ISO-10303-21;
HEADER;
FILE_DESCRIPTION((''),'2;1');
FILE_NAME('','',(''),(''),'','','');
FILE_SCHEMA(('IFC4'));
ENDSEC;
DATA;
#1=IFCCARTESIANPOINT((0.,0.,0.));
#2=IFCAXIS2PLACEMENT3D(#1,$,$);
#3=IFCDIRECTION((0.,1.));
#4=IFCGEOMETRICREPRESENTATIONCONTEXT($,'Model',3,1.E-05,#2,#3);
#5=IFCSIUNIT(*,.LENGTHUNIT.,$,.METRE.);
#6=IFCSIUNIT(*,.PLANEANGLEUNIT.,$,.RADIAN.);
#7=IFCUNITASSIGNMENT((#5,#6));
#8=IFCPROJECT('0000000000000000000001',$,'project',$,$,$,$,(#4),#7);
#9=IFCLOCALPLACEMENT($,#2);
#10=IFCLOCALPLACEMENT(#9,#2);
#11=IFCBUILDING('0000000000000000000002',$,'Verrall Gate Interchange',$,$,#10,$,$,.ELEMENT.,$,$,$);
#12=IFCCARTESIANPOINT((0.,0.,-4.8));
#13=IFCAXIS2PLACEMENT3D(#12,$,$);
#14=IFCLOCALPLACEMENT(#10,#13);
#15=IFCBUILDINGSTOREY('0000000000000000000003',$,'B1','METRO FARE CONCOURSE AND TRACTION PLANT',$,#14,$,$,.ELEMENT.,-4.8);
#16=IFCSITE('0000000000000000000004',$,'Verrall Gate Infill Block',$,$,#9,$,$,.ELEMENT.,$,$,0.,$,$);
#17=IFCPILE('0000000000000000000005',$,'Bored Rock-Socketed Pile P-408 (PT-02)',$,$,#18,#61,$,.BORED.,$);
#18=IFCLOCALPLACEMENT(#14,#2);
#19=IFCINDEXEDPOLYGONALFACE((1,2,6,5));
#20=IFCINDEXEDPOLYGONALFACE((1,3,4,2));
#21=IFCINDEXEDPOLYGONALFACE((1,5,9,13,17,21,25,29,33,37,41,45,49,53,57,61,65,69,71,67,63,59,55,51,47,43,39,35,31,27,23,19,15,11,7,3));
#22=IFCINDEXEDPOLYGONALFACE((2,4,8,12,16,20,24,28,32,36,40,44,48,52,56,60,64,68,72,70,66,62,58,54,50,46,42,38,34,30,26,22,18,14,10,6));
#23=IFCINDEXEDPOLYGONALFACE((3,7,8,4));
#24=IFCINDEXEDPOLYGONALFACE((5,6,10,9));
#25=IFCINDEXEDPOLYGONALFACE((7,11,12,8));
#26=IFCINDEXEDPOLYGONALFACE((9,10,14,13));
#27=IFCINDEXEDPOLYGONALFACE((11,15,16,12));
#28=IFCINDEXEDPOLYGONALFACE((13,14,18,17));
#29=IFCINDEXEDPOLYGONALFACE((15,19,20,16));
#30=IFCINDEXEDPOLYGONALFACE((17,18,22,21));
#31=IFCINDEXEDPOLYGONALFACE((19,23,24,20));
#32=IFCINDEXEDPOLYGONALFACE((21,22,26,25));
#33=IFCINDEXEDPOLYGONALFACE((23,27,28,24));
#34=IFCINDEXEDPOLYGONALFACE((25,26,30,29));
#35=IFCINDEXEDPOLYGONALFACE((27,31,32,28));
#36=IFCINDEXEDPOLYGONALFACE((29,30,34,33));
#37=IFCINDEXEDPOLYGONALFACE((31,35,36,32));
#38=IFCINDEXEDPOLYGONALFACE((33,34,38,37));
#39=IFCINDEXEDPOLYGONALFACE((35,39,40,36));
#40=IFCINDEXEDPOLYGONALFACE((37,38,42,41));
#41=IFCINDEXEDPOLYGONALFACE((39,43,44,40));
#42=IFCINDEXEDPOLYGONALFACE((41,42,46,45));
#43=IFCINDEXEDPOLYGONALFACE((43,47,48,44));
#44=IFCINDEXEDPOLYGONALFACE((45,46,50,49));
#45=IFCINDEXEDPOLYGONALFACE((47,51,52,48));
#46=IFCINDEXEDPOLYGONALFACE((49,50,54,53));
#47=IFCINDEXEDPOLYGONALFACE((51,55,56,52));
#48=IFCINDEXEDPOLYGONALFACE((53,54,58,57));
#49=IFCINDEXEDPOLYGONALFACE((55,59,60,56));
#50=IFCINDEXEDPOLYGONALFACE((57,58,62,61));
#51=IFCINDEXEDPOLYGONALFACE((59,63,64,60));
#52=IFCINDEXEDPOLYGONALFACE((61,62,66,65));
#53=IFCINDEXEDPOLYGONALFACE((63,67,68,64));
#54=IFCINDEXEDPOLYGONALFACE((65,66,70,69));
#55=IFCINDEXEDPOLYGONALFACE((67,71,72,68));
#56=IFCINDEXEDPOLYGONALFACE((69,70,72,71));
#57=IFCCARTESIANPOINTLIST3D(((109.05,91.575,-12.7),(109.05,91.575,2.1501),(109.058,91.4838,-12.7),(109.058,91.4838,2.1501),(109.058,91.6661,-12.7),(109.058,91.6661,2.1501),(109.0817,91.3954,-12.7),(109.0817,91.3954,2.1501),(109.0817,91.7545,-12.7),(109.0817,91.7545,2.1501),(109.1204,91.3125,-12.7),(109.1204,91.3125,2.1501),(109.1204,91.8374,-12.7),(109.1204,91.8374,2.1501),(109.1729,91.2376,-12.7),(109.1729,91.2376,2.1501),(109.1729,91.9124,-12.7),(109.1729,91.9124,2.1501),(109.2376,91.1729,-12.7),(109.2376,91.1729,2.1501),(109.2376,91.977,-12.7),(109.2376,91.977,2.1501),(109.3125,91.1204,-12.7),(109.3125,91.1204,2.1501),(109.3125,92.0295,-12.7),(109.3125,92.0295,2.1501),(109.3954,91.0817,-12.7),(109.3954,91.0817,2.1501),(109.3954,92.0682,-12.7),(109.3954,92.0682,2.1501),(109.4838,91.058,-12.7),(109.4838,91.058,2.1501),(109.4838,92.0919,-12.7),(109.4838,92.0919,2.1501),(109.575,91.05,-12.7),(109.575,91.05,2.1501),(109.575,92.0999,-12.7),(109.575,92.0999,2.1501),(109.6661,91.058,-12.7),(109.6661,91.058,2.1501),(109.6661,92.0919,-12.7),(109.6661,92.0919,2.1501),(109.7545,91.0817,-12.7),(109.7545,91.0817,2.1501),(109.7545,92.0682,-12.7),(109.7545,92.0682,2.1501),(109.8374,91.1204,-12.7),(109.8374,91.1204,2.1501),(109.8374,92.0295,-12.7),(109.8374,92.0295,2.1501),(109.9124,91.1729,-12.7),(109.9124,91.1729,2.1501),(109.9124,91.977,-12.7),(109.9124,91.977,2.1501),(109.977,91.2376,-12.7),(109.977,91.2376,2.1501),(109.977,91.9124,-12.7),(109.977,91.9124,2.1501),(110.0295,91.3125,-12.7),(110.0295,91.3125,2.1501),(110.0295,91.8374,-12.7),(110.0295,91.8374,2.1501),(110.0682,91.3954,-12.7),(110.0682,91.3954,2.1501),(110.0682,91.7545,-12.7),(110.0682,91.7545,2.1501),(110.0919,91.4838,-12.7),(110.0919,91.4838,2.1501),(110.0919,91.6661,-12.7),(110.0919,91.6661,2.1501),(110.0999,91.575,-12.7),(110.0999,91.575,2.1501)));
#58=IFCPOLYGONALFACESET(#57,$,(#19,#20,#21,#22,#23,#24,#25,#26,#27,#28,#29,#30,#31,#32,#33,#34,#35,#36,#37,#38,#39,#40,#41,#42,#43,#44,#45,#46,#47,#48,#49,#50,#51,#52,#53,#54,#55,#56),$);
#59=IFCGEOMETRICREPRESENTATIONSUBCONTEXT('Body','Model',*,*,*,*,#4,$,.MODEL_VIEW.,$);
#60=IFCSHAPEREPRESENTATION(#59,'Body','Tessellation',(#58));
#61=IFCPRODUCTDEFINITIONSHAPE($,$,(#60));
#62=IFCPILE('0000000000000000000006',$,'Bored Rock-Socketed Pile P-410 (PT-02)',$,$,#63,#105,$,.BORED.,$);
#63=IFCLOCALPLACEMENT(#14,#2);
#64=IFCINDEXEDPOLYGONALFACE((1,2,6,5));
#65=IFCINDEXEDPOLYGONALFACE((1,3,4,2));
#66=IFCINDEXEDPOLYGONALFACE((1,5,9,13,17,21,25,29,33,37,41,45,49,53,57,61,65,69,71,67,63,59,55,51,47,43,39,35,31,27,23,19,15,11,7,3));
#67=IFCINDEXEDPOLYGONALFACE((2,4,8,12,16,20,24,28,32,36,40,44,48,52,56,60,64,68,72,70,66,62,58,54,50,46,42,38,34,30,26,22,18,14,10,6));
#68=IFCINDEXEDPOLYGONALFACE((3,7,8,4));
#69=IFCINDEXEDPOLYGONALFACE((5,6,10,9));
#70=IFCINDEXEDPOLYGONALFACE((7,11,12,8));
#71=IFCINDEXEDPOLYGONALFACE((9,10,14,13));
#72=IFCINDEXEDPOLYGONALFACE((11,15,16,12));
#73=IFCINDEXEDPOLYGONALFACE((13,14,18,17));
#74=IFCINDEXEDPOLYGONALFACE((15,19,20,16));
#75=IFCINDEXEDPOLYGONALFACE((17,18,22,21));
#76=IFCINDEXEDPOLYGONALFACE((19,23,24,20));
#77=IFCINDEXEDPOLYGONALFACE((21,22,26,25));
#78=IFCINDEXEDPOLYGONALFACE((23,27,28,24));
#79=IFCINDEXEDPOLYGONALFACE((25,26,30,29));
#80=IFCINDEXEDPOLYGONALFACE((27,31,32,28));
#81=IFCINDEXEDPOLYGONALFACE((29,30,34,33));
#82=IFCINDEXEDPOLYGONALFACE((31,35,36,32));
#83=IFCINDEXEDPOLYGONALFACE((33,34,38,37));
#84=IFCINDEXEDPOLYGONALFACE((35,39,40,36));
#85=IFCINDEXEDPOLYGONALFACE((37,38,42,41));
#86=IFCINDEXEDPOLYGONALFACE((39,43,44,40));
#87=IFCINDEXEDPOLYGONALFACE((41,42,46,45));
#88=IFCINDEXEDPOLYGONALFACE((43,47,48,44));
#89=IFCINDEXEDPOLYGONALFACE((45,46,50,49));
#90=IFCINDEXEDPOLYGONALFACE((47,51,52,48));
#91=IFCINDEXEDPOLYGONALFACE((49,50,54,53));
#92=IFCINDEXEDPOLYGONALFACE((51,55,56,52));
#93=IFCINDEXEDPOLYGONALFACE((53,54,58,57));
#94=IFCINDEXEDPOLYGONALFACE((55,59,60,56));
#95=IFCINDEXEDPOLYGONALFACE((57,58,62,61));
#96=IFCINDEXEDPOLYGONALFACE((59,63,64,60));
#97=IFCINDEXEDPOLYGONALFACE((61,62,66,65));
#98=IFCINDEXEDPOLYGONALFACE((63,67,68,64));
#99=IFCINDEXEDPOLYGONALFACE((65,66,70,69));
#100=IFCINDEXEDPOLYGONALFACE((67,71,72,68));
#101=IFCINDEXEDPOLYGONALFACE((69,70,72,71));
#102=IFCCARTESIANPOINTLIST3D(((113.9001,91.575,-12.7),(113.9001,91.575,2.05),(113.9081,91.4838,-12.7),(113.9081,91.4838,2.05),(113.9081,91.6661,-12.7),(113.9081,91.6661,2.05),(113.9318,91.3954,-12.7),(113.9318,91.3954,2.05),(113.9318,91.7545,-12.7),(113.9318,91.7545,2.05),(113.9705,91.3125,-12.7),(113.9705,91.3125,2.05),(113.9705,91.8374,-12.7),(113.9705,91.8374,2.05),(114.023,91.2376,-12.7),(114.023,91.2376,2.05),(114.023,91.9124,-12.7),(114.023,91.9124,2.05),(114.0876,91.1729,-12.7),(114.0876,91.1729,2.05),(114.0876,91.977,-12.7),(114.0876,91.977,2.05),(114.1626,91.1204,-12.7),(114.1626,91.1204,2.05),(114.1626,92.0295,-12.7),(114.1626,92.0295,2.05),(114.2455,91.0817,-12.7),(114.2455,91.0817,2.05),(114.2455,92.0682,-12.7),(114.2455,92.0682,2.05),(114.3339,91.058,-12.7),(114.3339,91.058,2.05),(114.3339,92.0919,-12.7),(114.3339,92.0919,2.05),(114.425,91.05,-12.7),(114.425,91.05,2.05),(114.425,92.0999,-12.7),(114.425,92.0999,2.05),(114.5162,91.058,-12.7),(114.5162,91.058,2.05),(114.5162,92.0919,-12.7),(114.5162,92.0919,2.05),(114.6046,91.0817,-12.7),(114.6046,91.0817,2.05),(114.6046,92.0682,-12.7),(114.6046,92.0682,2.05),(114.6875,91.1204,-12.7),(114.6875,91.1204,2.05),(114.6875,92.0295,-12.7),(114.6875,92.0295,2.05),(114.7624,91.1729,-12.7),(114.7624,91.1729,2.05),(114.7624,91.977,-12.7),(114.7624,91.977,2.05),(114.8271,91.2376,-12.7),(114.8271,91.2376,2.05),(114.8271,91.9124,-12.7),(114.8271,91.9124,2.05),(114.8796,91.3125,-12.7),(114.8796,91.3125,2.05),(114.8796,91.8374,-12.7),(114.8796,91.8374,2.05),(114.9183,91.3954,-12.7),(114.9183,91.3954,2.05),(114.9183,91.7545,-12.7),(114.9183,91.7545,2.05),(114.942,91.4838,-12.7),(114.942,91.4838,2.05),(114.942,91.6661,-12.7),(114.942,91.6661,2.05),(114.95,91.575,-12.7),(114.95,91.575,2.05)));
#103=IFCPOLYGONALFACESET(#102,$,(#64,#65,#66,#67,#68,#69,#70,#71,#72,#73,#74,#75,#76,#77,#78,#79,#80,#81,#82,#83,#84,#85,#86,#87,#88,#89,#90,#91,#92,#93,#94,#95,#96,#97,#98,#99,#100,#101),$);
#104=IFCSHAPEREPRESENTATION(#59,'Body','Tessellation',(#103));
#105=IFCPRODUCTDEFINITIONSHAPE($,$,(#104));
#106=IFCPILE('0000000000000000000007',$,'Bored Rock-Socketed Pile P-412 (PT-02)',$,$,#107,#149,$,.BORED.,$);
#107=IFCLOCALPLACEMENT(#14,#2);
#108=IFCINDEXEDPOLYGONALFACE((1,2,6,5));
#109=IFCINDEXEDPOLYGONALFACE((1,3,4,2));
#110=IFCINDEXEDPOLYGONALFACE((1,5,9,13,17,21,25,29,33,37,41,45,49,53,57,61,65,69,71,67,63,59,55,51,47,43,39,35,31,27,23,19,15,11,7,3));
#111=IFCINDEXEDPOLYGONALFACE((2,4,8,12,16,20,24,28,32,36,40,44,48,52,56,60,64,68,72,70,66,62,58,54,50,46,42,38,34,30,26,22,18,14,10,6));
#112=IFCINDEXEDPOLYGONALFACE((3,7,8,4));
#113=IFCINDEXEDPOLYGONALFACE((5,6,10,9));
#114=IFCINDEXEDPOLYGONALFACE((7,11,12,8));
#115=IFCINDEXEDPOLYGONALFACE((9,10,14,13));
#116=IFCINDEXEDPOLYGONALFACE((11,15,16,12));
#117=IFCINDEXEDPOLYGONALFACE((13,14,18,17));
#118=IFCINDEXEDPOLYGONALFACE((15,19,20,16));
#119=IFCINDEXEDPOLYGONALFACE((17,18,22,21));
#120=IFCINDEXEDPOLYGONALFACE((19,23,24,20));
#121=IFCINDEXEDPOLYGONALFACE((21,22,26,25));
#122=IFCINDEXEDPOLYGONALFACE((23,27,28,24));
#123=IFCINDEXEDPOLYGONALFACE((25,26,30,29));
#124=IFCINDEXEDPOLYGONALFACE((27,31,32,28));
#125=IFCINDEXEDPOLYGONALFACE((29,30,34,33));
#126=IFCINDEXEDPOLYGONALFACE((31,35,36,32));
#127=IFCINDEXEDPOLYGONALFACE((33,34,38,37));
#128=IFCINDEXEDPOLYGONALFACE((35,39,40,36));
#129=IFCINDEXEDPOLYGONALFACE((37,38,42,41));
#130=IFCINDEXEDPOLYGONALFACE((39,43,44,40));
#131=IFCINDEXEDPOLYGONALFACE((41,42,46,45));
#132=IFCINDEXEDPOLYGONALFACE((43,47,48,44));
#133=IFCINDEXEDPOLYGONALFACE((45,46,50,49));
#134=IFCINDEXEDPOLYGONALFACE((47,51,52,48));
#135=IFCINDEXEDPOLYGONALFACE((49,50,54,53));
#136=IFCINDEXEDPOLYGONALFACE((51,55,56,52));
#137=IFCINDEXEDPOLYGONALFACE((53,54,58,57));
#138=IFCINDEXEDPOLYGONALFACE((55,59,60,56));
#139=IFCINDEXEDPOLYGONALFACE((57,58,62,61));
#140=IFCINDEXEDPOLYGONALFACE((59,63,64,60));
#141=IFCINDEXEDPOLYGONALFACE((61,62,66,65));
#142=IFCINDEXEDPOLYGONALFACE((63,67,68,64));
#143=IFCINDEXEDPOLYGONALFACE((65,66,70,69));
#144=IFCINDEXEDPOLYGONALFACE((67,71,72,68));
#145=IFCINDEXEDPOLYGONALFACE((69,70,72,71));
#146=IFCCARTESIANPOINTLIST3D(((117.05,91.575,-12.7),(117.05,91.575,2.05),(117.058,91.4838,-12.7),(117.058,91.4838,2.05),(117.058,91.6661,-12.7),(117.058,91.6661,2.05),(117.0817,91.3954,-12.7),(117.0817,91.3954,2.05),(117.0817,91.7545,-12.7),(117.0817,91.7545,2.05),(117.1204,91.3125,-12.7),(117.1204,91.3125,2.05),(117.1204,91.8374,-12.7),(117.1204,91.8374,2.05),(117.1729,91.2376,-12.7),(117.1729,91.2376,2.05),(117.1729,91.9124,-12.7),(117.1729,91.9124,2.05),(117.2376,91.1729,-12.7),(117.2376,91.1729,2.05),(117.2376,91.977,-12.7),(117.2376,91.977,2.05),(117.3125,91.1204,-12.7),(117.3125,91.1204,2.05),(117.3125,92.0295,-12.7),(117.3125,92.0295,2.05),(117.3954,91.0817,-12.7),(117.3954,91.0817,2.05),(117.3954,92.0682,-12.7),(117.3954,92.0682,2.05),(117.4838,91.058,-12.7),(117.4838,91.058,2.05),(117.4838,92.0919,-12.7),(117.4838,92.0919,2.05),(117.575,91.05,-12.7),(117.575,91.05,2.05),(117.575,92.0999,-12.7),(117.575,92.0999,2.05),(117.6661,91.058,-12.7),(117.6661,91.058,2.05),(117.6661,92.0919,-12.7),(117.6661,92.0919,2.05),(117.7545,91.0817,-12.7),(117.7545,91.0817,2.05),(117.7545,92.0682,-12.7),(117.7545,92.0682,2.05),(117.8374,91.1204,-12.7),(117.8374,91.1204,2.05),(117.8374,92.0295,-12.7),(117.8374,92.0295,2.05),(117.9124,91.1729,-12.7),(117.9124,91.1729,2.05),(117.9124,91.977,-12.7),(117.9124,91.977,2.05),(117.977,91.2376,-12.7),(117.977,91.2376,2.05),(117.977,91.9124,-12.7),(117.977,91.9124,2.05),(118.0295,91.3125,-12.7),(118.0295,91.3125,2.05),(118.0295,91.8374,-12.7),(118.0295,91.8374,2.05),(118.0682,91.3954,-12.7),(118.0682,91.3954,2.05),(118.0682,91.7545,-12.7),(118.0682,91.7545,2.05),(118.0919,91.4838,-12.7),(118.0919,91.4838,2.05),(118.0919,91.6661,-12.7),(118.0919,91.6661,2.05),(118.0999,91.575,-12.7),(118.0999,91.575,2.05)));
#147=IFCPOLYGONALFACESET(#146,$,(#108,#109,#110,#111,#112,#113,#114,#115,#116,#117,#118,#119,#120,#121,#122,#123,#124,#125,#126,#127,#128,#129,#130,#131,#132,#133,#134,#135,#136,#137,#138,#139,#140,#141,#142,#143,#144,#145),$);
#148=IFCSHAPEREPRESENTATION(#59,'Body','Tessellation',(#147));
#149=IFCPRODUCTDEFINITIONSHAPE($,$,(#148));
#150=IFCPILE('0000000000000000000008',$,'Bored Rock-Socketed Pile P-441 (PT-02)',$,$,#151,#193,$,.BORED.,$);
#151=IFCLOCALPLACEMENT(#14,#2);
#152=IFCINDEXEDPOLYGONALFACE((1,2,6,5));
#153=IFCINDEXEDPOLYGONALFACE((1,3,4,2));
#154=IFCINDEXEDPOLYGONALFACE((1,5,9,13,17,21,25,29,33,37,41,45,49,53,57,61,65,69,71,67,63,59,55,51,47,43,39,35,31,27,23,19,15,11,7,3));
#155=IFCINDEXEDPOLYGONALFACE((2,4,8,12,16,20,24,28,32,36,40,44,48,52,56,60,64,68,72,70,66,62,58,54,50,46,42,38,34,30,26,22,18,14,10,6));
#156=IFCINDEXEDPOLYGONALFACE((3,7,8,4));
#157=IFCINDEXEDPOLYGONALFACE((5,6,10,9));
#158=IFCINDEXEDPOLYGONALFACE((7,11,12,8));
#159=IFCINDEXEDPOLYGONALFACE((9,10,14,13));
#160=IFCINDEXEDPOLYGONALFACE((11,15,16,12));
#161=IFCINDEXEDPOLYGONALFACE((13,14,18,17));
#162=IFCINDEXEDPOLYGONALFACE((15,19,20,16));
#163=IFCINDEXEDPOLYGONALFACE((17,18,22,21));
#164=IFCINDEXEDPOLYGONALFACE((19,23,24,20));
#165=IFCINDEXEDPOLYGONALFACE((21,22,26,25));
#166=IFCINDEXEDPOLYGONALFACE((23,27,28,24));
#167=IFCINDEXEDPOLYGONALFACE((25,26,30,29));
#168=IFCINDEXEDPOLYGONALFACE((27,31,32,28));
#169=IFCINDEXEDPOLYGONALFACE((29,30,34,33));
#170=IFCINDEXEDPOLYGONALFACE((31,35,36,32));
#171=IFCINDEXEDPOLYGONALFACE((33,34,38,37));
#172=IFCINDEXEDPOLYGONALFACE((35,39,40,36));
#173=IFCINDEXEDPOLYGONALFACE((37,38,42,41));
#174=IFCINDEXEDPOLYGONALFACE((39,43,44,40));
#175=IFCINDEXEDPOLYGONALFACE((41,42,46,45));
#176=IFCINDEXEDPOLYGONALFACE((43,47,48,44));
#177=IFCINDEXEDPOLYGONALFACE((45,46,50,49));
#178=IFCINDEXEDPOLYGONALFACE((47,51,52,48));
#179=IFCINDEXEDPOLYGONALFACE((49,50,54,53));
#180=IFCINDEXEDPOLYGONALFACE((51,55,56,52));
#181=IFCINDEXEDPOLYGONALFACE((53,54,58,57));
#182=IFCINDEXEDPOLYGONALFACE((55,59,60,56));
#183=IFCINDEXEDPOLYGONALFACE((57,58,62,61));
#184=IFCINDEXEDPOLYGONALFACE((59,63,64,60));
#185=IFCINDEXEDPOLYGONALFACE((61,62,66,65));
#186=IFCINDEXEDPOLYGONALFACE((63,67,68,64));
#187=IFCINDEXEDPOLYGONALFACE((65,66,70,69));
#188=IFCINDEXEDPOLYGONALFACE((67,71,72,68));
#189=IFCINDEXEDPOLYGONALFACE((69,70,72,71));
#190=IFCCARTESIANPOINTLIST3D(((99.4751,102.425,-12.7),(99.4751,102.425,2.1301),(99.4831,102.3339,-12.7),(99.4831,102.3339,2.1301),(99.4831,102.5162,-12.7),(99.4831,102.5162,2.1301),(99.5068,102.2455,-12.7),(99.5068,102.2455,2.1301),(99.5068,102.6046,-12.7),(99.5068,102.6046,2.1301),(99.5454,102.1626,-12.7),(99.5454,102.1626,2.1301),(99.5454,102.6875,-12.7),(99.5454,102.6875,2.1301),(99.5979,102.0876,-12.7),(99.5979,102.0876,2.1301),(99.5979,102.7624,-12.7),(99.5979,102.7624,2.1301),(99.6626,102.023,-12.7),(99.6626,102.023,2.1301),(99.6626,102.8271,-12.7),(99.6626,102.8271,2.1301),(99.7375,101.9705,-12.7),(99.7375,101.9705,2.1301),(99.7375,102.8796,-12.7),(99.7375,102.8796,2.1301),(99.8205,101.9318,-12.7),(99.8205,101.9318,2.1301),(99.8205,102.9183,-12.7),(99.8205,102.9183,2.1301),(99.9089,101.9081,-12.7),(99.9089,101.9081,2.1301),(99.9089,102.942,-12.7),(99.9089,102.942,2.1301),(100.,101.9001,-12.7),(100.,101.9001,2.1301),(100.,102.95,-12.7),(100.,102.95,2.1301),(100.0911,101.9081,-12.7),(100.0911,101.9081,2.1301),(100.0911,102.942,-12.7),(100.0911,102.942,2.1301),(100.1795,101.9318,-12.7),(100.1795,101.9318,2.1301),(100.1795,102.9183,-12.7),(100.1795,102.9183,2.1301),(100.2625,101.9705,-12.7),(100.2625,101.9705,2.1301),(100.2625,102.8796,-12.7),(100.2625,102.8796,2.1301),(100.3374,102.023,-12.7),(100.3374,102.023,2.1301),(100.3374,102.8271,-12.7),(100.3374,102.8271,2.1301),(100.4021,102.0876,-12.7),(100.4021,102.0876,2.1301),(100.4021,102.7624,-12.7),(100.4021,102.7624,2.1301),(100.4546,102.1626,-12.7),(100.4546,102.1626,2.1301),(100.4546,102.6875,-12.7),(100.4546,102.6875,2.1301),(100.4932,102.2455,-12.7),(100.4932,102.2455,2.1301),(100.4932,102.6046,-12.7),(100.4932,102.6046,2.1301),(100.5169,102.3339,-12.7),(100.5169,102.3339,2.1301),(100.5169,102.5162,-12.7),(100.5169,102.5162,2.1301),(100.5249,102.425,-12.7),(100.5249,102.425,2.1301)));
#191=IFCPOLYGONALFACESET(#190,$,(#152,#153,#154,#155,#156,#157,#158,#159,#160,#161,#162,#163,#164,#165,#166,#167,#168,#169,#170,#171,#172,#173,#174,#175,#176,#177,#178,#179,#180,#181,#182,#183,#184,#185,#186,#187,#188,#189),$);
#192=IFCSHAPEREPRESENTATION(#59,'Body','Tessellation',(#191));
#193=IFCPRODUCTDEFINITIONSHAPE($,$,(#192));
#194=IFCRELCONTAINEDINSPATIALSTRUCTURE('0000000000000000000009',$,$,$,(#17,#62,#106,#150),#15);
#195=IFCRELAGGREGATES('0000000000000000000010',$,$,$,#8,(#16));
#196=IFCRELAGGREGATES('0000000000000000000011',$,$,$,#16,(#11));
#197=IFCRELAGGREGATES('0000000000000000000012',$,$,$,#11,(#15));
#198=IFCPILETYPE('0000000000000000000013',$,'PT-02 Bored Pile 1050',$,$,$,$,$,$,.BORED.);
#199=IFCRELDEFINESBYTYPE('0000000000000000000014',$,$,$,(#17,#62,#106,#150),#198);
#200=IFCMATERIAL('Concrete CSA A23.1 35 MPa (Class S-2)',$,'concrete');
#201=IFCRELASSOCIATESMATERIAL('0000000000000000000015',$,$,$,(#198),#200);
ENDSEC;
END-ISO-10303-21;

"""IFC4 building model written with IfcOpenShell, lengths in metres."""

from ifc_helpers import new_model, si_unit, direction, frame, origin, origin_2d, place, context, subcontext, project, spatial, circle, extrude, material, material_profile, profile_set, type_object, element, save


model = new_model("IFC4")

# Units and contexts
model_context = context("Model", 3, precision=1e-05, world=origin(), true_north=direction((0.0, 1.0)))
body_context = subcontext(model_context, "Body", "Model", "MODEL_VIEW")
ifc_project = project(units=[si_unit("LENGTHUNIT", "METRE"), si_unit("PLANEANGLEUNIT", "RADIAN")], contexts=[model_context])

# Site, building, storey
site_placement = place(None, origin())
site = spatial("IfcSite", under=ifc_project, at=site_placement, Name="Verrall Gate Infill Block", CompositionType="ELEMENT", RefElevation=0.0)
building_placement = place(site_placement, origin())
building = spatial("IfcBuilding", under=site, at=building_placement, Name="Verrall Gate Interchange", CompositionType="ELEMENT")
storey_placement = place(building_placement, frame((0.0, 0.0, -4.8)))
storey = spatial("IfcBuildingStorey", under=building, at=storey_placement, Name="B1", Description="METRO FARE CONCOURSE AND TRACTION PLANT", CompositionType="ELEMENT", Elevation=-4.8)

# Piles
ifc_material_1 = material(Name="Concrete CSA A23.1 35 MPa (Class S-2)", Category="concrete")
ifc_material_profile_1 = material_profile(ifc_material_1, circle(Radius=0.5249, at=origin_2d()), Name="PILE1050D")
ifc_profile_set_1 = profile_set([ifc_material_profile_1], Name="Concrete CSA A23.1 35 MPa (Class S-2)")
pile_type = type_object("IfcPileType", Name="PT-02 Bored Pile 1050", PredefinedType="BORED", material=ifc_profile_set_1)
for number, where, z_axis, x_axis, name in (
    (1, (109.575, 91.575, 2.1501), (0.0, 0.0, -1.0), (1.0, 0.0, 0.0), "Bored Rock-Socketed Pile P-408 (PT-02)"),
):
    element("IfcPile", number, at=place(storey_placement, frame(where, z_axis=z_axis, x_axis=x_axis)), inside=storey, type_object=pile_type, Name=name, PredefinedType="BORED", context=body_context, shape_type="SweptSolid", body=[
        extrude(circle(Radius=0.5249, at=origin_2d()), origin(), (0.0, 0.0, 1.0), 14.8501),
    ])
for number, where, z_axis, x_axis, name in (
    (2, (114.425, 91.575, 2.05), (0.0, 0.0, -1.0), (1.0, 0.0, 0.0), "Bored Rock-Socketed Pile P-410 (PT-02)"),
    (3, (117.575, 91.575, 2.05), (0.0, 0.0, -1.0), (1.0, 0.0, 0.0), "Bored Rock-Socketed Pile P-412 (PT-02)"),
):
    element("IfcPile", number, at=place(storey_placement, frame(where, z_axis=z_axis, x_axis=x_axis)), inside=storey, type_object=pile_type, Name=name, PredefinedType="BORED", context=body_context, shape_type="SweptSolid", body=[
        extrude(circle(Radius=0.5249, at=origin_2d()), origin(), (0.0, 0.0, 1.0), 14.75),
    ])
for number, where, z_axis, x_axis, name in (
    (4, (100.0, 102.425, 2.1301), (0.0, 0.0, -1.0), (1.0, 0.0, 0.0), "Bored Rock-Socketed Pile P-441 (PT-02)"),
):
    element("IfcPile", number, at=place(storey_placement, frame(where, z_axis=z_axis, x_axis=x_axis)), inside=storey, type_object=pile_type, Name=name, PredefinedType="BORED", context=body_context, shape_type="SweptSolid", body=[
        extrude(circle(Radius=0.5249, at=origin_2d()), origin(), (0.0, 0.0, 1.0), 14.8301),
    ])

save(model, "model.ifc")
